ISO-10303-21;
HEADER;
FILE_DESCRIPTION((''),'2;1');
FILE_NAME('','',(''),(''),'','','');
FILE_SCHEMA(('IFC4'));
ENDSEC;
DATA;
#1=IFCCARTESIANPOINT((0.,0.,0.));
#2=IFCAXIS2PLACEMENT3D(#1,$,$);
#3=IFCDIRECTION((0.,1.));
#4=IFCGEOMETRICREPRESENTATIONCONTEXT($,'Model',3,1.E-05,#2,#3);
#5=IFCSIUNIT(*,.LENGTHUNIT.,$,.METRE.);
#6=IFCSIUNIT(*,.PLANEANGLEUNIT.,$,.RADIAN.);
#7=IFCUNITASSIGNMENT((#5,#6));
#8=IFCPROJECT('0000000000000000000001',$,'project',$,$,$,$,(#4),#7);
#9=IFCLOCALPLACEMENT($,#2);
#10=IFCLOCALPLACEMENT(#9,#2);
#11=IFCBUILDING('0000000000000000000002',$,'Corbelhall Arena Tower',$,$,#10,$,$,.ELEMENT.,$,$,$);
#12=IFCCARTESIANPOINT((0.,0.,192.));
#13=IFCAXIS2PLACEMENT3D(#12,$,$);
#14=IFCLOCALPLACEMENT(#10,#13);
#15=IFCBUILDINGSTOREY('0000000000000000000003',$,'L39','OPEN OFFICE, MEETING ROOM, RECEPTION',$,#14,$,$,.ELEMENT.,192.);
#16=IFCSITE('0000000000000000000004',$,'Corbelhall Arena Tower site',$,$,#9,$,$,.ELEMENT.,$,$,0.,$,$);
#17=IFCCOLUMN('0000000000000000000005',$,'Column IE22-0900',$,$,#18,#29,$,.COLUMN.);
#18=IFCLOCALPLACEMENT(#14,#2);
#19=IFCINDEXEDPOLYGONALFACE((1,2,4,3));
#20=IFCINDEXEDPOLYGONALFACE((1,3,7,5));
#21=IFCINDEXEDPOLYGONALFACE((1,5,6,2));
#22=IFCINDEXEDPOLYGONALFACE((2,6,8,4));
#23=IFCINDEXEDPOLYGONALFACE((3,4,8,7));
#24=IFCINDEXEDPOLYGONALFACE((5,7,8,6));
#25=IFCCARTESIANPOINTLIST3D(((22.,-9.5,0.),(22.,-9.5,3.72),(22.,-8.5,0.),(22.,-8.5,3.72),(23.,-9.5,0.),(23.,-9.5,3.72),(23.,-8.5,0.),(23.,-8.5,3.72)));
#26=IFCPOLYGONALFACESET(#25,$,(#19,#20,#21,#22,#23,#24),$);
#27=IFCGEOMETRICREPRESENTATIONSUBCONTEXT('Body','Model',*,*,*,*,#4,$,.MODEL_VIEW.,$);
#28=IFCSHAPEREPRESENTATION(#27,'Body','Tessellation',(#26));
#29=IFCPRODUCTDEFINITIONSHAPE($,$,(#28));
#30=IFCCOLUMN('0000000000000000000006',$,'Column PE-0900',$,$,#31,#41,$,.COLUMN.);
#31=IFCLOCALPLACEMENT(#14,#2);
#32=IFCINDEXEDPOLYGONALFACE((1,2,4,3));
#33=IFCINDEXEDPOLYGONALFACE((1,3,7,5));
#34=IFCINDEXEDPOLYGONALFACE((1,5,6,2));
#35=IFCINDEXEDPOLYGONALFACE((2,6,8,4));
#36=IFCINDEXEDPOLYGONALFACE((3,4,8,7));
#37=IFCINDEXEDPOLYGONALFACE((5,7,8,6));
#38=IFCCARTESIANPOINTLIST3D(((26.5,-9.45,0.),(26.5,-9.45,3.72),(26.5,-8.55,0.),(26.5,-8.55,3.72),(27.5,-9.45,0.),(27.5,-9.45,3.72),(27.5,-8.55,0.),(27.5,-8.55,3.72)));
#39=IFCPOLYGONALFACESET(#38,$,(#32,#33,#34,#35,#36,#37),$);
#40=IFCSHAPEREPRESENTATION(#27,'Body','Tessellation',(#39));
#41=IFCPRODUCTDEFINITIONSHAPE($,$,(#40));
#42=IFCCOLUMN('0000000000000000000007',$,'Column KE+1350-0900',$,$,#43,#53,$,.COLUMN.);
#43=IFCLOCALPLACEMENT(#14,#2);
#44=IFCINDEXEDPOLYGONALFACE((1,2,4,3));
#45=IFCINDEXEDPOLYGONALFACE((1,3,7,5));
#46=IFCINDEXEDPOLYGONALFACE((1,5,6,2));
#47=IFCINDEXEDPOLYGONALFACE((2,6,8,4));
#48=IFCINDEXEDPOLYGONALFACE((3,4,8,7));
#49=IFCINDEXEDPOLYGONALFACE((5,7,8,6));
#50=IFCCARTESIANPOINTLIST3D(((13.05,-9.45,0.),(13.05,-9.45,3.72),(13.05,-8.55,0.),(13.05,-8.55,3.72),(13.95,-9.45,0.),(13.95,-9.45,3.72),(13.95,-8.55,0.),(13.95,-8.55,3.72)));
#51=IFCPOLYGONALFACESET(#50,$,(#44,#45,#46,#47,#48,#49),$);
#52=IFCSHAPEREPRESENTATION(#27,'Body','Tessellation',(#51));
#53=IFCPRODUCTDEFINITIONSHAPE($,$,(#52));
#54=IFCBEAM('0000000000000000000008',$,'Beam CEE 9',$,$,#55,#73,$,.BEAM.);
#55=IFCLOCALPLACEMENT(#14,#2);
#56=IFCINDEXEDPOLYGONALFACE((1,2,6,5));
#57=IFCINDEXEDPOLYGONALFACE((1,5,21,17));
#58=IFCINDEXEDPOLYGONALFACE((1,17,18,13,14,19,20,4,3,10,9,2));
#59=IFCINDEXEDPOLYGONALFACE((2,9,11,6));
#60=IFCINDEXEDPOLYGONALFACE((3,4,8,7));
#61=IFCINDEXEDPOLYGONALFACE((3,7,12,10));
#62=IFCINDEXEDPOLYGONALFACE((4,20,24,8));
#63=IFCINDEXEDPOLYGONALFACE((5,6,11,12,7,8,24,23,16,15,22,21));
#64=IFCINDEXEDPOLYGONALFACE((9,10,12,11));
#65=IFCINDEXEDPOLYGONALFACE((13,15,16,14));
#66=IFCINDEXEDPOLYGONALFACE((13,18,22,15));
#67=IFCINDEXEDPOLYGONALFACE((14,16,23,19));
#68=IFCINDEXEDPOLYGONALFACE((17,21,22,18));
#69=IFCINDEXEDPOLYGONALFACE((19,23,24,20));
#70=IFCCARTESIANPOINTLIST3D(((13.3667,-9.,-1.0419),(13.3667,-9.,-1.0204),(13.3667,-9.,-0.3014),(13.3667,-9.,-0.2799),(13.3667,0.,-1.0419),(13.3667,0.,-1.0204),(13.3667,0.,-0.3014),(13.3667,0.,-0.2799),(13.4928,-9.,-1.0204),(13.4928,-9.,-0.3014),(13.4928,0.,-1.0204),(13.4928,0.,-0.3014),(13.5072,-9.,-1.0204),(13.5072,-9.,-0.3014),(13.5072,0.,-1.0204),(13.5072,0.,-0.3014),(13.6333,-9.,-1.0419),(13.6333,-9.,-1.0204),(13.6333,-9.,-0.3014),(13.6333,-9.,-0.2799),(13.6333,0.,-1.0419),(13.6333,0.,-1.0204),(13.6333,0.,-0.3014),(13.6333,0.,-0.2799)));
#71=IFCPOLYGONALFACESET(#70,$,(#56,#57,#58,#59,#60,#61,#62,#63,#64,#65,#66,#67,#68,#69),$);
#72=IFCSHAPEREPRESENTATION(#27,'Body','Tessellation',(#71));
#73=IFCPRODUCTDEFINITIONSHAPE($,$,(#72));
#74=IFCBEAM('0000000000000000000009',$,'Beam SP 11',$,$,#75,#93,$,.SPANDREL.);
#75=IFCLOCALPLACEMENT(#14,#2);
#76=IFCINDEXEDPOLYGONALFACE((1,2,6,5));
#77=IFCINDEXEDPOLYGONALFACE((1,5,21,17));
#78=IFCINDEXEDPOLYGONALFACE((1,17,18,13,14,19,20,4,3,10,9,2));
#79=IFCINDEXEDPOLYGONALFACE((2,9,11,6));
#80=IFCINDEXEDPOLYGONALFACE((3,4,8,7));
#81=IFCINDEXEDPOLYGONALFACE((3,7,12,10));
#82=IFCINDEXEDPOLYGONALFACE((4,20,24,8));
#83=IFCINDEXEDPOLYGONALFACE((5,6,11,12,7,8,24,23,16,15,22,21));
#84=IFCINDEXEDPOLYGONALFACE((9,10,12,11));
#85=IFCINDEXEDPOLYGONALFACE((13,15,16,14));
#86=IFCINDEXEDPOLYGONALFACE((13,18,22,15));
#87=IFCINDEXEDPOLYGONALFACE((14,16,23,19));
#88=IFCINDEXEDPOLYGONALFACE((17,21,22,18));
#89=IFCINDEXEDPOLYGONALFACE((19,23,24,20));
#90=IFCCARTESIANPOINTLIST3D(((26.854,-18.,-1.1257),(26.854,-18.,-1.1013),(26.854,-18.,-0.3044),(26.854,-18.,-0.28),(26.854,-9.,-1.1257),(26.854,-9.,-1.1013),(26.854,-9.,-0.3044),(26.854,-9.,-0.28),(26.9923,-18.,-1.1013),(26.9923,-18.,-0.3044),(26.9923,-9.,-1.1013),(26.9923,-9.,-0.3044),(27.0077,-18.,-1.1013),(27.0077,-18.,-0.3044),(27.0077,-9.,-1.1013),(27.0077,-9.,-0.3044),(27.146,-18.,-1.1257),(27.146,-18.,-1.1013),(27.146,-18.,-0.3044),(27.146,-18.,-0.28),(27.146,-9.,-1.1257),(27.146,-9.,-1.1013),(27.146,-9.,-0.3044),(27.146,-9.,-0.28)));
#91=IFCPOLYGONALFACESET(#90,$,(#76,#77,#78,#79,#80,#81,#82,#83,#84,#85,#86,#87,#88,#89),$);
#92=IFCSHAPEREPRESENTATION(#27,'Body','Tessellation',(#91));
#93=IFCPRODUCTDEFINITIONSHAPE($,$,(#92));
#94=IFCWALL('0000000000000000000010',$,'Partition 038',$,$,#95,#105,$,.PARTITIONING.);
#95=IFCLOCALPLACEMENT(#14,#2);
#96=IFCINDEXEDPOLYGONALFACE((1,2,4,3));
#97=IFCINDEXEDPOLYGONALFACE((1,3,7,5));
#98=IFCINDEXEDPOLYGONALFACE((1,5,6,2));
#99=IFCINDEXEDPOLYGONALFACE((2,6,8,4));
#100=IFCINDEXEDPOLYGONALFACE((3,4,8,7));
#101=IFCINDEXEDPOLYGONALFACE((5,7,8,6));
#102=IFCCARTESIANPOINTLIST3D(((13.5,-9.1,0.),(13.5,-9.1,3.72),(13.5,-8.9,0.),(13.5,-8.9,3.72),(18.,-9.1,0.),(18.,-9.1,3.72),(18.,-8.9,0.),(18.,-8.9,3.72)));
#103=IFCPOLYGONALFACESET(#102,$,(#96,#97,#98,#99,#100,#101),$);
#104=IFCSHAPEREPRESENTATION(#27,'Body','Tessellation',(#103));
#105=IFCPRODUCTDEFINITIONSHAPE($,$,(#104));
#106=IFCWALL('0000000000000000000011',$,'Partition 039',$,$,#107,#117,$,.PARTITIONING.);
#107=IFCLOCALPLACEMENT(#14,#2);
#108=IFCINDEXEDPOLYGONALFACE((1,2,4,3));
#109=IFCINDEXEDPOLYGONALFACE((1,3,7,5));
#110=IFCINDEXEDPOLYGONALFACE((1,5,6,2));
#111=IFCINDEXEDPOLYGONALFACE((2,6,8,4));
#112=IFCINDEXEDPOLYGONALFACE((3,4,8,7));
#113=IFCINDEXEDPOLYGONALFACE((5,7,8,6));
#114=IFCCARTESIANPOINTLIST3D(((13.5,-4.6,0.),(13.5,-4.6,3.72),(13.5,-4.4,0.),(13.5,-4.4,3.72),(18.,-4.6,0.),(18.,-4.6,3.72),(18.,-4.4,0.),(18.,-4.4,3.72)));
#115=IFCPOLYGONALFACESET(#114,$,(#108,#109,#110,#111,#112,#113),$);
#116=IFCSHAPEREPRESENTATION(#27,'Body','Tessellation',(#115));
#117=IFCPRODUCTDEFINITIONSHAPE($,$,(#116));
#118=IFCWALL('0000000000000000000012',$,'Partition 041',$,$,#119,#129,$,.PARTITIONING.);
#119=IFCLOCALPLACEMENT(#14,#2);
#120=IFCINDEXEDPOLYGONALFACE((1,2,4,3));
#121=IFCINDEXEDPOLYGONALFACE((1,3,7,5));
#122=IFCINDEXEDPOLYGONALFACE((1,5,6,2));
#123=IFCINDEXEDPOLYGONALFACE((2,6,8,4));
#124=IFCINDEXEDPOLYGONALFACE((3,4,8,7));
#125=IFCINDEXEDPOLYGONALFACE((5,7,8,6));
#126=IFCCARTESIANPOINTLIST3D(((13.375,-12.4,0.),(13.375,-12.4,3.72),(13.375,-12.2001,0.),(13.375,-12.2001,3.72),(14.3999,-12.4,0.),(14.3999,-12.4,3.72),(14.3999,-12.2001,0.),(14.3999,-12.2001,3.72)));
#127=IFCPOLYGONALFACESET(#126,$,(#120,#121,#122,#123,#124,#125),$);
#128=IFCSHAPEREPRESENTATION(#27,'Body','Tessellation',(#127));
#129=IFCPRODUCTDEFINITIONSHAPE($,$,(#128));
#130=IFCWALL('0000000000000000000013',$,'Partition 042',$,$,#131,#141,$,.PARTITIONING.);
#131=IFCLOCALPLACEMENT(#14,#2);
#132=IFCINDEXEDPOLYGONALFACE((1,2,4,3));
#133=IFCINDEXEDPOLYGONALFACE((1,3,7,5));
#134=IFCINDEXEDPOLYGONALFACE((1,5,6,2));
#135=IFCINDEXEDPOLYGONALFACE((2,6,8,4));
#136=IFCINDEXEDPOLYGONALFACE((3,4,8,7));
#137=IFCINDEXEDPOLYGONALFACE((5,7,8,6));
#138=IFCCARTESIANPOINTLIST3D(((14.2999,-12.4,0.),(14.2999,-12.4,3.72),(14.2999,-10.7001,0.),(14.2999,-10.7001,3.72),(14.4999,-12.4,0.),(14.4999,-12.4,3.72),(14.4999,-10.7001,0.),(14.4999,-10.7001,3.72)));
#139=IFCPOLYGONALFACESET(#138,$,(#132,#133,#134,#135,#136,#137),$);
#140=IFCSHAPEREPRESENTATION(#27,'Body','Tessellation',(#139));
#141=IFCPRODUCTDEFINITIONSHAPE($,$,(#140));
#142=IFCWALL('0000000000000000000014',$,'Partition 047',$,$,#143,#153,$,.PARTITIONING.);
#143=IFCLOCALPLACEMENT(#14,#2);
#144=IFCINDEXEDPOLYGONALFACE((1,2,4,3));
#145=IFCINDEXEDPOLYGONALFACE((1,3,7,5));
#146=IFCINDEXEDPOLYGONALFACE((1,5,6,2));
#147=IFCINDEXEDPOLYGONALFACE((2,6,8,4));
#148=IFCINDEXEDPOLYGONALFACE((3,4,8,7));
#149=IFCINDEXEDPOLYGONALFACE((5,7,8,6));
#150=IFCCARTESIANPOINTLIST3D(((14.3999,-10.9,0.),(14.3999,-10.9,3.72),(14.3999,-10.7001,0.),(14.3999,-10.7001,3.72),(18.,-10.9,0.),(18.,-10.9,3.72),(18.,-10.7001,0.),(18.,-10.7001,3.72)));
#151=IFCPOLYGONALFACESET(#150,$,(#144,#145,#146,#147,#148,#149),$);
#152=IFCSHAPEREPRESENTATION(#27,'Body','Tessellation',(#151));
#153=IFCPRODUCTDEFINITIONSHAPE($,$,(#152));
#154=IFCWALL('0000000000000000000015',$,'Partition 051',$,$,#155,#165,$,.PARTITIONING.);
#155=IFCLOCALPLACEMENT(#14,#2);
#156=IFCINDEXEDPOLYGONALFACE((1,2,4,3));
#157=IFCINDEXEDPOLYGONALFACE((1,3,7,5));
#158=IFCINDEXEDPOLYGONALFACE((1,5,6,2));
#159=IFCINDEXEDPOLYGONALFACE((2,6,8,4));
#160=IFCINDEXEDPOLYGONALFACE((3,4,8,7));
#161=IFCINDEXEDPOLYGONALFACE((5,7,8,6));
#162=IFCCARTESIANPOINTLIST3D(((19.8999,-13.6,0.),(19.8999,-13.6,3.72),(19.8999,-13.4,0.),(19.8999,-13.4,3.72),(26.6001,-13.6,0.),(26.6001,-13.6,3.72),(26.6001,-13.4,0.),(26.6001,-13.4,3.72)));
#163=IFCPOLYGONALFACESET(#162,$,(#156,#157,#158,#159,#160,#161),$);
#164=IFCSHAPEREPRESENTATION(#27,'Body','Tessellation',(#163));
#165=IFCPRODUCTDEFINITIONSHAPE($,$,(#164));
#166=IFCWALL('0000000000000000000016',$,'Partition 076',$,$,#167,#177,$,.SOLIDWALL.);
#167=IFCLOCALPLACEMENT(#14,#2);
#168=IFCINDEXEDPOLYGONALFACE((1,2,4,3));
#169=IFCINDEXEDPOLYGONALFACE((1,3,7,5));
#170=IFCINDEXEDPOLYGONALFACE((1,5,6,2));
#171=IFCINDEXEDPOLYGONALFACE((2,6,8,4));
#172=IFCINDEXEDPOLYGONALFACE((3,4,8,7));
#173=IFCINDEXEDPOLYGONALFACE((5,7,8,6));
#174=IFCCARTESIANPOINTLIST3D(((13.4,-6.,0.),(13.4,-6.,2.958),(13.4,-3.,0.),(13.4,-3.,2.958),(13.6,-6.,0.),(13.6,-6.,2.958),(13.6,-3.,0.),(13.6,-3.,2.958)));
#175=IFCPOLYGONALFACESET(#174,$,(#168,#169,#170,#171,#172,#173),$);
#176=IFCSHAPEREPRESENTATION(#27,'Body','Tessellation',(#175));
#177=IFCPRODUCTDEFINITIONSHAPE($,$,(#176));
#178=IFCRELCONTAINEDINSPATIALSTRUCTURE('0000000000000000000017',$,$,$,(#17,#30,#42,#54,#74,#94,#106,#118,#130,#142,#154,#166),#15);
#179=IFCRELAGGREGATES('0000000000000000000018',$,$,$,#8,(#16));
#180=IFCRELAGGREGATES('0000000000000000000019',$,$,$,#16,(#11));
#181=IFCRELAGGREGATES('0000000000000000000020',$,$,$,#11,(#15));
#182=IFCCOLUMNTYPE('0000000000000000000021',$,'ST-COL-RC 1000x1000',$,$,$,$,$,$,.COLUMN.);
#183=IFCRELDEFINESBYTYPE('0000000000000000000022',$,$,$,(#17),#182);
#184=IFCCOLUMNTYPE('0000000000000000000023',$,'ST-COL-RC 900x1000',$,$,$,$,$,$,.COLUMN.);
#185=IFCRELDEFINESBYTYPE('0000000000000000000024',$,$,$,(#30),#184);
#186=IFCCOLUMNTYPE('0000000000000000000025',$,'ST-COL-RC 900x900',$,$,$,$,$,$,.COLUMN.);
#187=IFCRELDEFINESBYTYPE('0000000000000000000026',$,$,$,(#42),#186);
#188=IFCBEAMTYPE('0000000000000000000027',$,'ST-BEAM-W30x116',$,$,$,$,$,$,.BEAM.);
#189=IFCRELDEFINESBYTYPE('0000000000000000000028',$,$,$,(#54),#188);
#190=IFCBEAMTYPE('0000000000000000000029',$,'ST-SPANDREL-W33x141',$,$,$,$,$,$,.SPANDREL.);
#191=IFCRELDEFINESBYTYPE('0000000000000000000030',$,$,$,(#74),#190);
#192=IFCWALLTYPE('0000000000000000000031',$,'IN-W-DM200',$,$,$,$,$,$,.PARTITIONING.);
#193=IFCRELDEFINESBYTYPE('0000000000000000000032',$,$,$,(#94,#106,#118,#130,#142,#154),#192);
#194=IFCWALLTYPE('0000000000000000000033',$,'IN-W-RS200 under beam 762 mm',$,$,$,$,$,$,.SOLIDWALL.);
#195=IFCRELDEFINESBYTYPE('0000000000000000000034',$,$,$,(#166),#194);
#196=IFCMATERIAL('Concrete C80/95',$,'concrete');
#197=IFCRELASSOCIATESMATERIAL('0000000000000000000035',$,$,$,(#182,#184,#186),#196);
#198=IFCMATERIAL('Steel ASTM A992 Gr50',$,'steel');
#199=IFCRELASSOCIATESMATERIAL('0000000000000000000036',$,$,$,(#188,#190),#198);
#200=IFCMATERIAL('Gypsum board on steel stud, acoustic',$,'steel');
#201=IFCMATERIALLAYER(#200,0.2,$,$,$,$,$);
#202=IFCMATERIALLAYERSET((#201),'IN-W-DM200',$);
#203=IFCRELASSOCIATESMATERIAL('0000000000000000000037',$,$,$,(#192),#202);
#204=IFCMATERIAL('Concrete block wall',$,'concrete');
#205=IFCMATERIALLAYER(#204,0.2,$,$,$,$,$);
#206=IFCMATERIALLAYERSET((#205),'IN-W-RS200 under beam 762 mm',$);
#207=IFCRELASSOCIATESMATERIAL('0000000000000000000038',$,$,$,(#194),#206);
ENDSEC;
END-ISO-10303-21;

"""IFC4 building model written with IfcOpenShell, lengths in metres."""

from ifc_helpers import new_model, si_unit, direction, frame, frame_2d, origin, origin_2d, place, context, subcontext, project, spatial, rectangle, i_section, extrude, material, layer, layer_set, material_profile, profile_set, type_object, element, save


model = new_model("IFC4")

# Units and contexts
model_context = context("Model", 3, precision=1e-05, world=origin(), true_north=direction((0.0, 1.0)))
body_context = subcontext(model_context, "Body", "Model", "MODEL_VIEW")
ifc_project = project(units=[si_unit("LENGTHUNIT", "METRE"), si_unit("PLANEANGLEUNIT", "RADIAN")], contexts=[model_context])

# Site, building, storey
site_placement = place(None, origin())
site = spatial("IfcSite", under=ifc_project, at=site_placement, Name="Corbelhall Arena Tower site", CompositionType="ELEMENT", RefElevation=0.0)
building_placement = place(site_placement, origin())
building = spatial("IfcBuilding", under=site, at=building_placement, Name="Corbelhall Arena Tower", CompositionType="ELEMENT")
storey_placement = place(building_placement, frame((0.0, 0.0, 192.0)))
storey = spatial("IfcBuildingStorey", under=building, at=storey_placement, Name="L39", Description="OPEN OFFICE, MEETING ROOM, RECEPTION", CompositionType="ELEMENT", Elevation=192.0)

# Columns
ifc_material_1 = material(Name="Concrete C80/95", Category="concrete")
ifc_material_profile_1 = material_profile(ifc_material_1, rectangle(XDim=1.0, YDim=1.0, at=origin_2d()))
ifc_profile_set_1 = profile_set([ifc_material_profile_1], Name="Concrete C80/95")
column_type_1 = type_object("IfcColumnType", Name="ST-COL-RC 1000x1000", PredefinedType="COLUMN", material=ifc_profile_set_1)
column_1_placement = place(storey_placement, frame((22.5, -9.0, 0.0), z_axis=(0.0, 0.0, 1.0), x_axis=(1.0, 0.0, 0.0)))
element("IfcColumn", 1, at=column_1_placement, inside=storey, type_object=column_type_1, Name="Column IE22-0900", PredefinedType="COLUMN", context=body_context, shape_type="SweptSolid", body=[
    extrude(rectangle(XDim=1.0, YDim=1.0, at=origin_2d()), origin(), (0.0, 0.0, 1.0), 3.72),
])
ifc_material_profile_2 = material_profile(ifc_material_1, rectangle(XDim=0.8999, YDim=1.0, at=origin_2d()))
ifc_profile_set_2 = profile_set([ifc_material_profile_2], Name="Concrete C80/95")
column_type_2 = type_object("IfcColumnType", Name="ST-COL-RC 900x1000", PredefinedType="COLUMN", material=ifc_profile_set_2)
column_2_placement = place(storey_placement, frame((27.0, -9.0, 0.0), z_axis=(0.0, 0.0, 1.0), x_axis=(0.0, 1.0, 0.0)))
element("IfcColumn", 2, at=column_2_placement, inside=storey, type_object=column_type_2, Name="Column PE-0900", PredefinedType="COLUMN", context=body_context, shape_type="SweptSolid", body=[
    extrude(rectangle(XDim=0.8999, YDim=1.0, at=origin_2d()), origin(), (0.0, 0.0, 1.0), 3.72),
])
ifc_material_profile_3 = material_profile(ifc_material_1, rectangle(XDim=0.8999, YDim=0.8999, at=origin_2d()))
ifc_profile_set_3 = profile_set([ifc_material_profile_3], Name="Concrete C80/95")
column_type_3 = type_object("IfcColumnType", Name="ST-COL-RC 900x900", PredefinedType="COLUMN", material=ifc_profile_set_3)
column_3_placement = place(storey_placement, frame((13.5, -9.0, 0.0), z_axis=(0.0, 0.0, 1.0), x_axis=(1.0, 0.0, 0.0)))
element("IfcColumn", 3, at=column_3_placement, inside=storey, type_object=column_type_3, Name="Column KE+1350-0900", PredefinedType="COLUMN", context=body_context, shape_type="SweptSolid", body=[
    extrude(rectangle(XDim=0.8999, YDim=0.8999, at=origin_2d()), origin(), (0.0, 0.0, 1.0), 3.72),
])

# Beams
ifc_material_2 = material(Name="Steel ASTM A992 Gr50", Category="steel")
ifc_material_profile_4 = material_profile(ifc_material_2, i_section(OverallWidth=0.2666, OverallDepth=0.762, WebThickness=0.0144, FlangeThickness=0.0215, at=origin_2d()))
ifc_profile_set_4 = profile_set([ifc_material_profile_4], Name="Steel ASTM A992 Gr50")
beam_type_1 = type_object("IfcBeamType", Name="ST-BEAM-W30x116", PredefinedType="BEAM", material=ifc_profile_set_4)
beam_1_placement = place(storey_placement, frame((13.5, -9.0, -0.6609), z_axis=(0.0, 1.0, 0.0), x_axis=(-1.0, 0.0, 0.0)))
element("IfcBeam", 4, at=beam_1_placement, inside=storey, type_object=beam_type_1, Name="Beam CEE 9", PredefinedType="BEAM", context=body_context, shape_type="SweptSolid", body=[
    extrude(i_section(OverallWidth=0.2666, OverallDepth=0.762, WebThickness=0.0144, FlangeThickness=0.0215, at=origin_2d()), origin(), (0.0, 0.0, 1.0), 9.0),
])
ifc_material_profile_5 = material_profile(ifc_material_2, i_section(OverallWidth=0.292, OverallDepth=0.8457, WebThickness=0.0154, FlangeThickness=0.0244, at=origin_2d()))
ifc_profile_set_5 = profile_set([ifc_material_profile_5], Name="Steel ASTM A992 Gr50")
beam_type_2 = type_object("IfcBeamType", Name="ST-SPANDREL-W33x141", PredefinedType="SPANDREL", material=ifc_profile_set_5)
beam_2_placement = place(storey_placement, frame((27.0, -9.0, -0.7029), z_axis=(0.0, -1.0, 0.0), x_axis=(1.0, 0.0, 0.0)))
element("IfcBeam", 5, at=beam_2_placement, inside=storey, type_object=beam_type_2, Name="Beam SP 11", PredefinedType="SPANDREL", context=body_context, shape_type="SweptSolid", body=[
    extrude(i_section(OverallWidth=0.292, OverallDepth=0.8457, WebThickness=0.0154, FlangeThickness=0.0244, at=origin_2d()), origin(), (0.0, 0.0, 1.0), 9.0),
])

# Walls
ifc_material_3 = material(Name="Gypsum board on steel stud, acoustic", Category="steel")
ifc_layer_1 = layer(ifc_material_3, 0.2)
ifc_layer_set_1 = layer_set([ifc_layer_1], Name="IN-W-DM200")
wall_type_1 = type_object("IfcWallType", Name="IN-W-DM200", PredefinedType="PARTITIONING", material=ifc_layer_set_1)
for number, where, z_axis, x_axis, name in (
    (6, (13.5, -9.0, 0.0), (0.0, 0.0, 1.0), (1.0, 0.0, 0.0), "Partition 038"),
    (7, (13.5, -4.5, 0.0), (0.0, 0.0, 1.0), (1.0, 0.0, 0.0), "Partition 039"),
):
    element("IfcWall", number, at=place(storey_placement, frame(where, z_axis=z_axis, x_axis=x_axis)), inside=storey, type_object=wall_type_1, Name=name, PredefinedType="PARTITIONING", context=body_context, shape_type="SweptSolid", body=[
        extrude(rectangle(XDim=4.5, YDim=0.2, at=frame_2d((2.25, 0.0))), origin(), (0.0, 0.0, 1.0), 3.72),
    ])
wall_1_placement = place(storey_placement, frame((14.3999, -12.3, 0.0), z_axis=(0.0, 0.0, 1.0), x_axis=(-1.0, 0.0, 0.0)))
element("IfcWall", 8, at=wall_1_placement, inside=storey, type_object=wall_type_1, Name="Partition 041", PredefinedType="PARTITIONING", context=body_context, shape_type="SweptSolid", body=[
    extrude(rectangle(XDim=1.0249, YDim=0.2, at=frame_2d((0.5125, 0.0))), origin(), (0.0, 0.0, 1.0), 3.72),
])
wall_2_placement = place(storey_placement, frame((14.3999, -10.7, 0.0), z_axis=(0.0, 0.0, 1.0), x_axis=(0.0, -1.0, 0.0)))
element("IfcWall", 9, at=wall_2_placement, inside=storey, type_object=wall_type_1, Name="Partition 042", PredefinedType="PARTITIONING", context=body_context, shape_type="SweptSolid", body=[
    extrude(rectangle(XDim=1.7, YDim=0.2, at=frame_2d((0.8501, 0.0))), origin(), (0.0, 0.0, 1.0), 3.72),
])
wall_3_placement = place(storey_placement, frame((18.0, -10.8, 0.0), z_axis=(0.0, 0.0, 1.0), x_axis=(-1.0, 0.0, 0.0)))
element("IfcWall", 10, at=wall_3_placement, inside=storey, type_object=wall_type_1, Name="Partition 047", PredefinedType="PARTITIONING", context=body_context, shape_type="SweptSolid", body=[
    extrude(rectangle(XDim=3.6001, YDim=0.2, at=frame_2d((1.8, 0.0))), origin(), (0.0, 0.0, 1.0), 3.72),
])

# Wall
wall_4_placement = place(storey_placement, frame((19.8999, -13.5, 0.0), z_axis=(0.0, 0.0, 1.0), x_axis=(1.0, 0.0, 0.0)))
element("IfcWall", 11, at=wall_4_placement, inside=storey, type_object=wall_type_1, Name="Partition 051", PredefinedType="PARTITIONING", context=body_context, shape_type="SweptSolid", body=[
    extrude(rectangle(XDim=6.7002, YDim=0.2, at=frame_2d((3.3501, 0.0))), origin(), (0.0, 0.0, 1.0), 3.72),
])

# Shared definitions
ifc_material_4 = material(Name="Concrete block wall", Category="concrete")

# Wall
ifc_layer_2 = layer(ifc_material_4, 0.2)
ifc_layer_set_2 = layer_set([ifc_layer_2], Name="IN-W-RS200 under beam 762 mm")
wall_type_2 = type_object("IfcWallType", Name="IN-W-RS200 under beam 762 mm", PredefinedType="SOLIDWALL", material=ifc_layer_set_2)
wall_5_placement = place(storey_placement, frame((13.5, -3.0, 0.0), z_axis=(0.0, 0.0, 1.0), x_axis=(0.0, -1.0, 0.0)))
element("IfcWall", 12, at=wall_5_placement, inside=storey, type_object=wall_type_2, Name="Partition 076", PredefinedType="SOLIDWALL", context=body_context, shape_type="SweptSolid", body=[
    extrude(rectangle(XDim=3.0, YDim=0.2, at=frame_2d((1.5, 0.0))), origin(), (0.0, 0.0, 1.0), 2.958),
])

save(model, "model.ifc")
